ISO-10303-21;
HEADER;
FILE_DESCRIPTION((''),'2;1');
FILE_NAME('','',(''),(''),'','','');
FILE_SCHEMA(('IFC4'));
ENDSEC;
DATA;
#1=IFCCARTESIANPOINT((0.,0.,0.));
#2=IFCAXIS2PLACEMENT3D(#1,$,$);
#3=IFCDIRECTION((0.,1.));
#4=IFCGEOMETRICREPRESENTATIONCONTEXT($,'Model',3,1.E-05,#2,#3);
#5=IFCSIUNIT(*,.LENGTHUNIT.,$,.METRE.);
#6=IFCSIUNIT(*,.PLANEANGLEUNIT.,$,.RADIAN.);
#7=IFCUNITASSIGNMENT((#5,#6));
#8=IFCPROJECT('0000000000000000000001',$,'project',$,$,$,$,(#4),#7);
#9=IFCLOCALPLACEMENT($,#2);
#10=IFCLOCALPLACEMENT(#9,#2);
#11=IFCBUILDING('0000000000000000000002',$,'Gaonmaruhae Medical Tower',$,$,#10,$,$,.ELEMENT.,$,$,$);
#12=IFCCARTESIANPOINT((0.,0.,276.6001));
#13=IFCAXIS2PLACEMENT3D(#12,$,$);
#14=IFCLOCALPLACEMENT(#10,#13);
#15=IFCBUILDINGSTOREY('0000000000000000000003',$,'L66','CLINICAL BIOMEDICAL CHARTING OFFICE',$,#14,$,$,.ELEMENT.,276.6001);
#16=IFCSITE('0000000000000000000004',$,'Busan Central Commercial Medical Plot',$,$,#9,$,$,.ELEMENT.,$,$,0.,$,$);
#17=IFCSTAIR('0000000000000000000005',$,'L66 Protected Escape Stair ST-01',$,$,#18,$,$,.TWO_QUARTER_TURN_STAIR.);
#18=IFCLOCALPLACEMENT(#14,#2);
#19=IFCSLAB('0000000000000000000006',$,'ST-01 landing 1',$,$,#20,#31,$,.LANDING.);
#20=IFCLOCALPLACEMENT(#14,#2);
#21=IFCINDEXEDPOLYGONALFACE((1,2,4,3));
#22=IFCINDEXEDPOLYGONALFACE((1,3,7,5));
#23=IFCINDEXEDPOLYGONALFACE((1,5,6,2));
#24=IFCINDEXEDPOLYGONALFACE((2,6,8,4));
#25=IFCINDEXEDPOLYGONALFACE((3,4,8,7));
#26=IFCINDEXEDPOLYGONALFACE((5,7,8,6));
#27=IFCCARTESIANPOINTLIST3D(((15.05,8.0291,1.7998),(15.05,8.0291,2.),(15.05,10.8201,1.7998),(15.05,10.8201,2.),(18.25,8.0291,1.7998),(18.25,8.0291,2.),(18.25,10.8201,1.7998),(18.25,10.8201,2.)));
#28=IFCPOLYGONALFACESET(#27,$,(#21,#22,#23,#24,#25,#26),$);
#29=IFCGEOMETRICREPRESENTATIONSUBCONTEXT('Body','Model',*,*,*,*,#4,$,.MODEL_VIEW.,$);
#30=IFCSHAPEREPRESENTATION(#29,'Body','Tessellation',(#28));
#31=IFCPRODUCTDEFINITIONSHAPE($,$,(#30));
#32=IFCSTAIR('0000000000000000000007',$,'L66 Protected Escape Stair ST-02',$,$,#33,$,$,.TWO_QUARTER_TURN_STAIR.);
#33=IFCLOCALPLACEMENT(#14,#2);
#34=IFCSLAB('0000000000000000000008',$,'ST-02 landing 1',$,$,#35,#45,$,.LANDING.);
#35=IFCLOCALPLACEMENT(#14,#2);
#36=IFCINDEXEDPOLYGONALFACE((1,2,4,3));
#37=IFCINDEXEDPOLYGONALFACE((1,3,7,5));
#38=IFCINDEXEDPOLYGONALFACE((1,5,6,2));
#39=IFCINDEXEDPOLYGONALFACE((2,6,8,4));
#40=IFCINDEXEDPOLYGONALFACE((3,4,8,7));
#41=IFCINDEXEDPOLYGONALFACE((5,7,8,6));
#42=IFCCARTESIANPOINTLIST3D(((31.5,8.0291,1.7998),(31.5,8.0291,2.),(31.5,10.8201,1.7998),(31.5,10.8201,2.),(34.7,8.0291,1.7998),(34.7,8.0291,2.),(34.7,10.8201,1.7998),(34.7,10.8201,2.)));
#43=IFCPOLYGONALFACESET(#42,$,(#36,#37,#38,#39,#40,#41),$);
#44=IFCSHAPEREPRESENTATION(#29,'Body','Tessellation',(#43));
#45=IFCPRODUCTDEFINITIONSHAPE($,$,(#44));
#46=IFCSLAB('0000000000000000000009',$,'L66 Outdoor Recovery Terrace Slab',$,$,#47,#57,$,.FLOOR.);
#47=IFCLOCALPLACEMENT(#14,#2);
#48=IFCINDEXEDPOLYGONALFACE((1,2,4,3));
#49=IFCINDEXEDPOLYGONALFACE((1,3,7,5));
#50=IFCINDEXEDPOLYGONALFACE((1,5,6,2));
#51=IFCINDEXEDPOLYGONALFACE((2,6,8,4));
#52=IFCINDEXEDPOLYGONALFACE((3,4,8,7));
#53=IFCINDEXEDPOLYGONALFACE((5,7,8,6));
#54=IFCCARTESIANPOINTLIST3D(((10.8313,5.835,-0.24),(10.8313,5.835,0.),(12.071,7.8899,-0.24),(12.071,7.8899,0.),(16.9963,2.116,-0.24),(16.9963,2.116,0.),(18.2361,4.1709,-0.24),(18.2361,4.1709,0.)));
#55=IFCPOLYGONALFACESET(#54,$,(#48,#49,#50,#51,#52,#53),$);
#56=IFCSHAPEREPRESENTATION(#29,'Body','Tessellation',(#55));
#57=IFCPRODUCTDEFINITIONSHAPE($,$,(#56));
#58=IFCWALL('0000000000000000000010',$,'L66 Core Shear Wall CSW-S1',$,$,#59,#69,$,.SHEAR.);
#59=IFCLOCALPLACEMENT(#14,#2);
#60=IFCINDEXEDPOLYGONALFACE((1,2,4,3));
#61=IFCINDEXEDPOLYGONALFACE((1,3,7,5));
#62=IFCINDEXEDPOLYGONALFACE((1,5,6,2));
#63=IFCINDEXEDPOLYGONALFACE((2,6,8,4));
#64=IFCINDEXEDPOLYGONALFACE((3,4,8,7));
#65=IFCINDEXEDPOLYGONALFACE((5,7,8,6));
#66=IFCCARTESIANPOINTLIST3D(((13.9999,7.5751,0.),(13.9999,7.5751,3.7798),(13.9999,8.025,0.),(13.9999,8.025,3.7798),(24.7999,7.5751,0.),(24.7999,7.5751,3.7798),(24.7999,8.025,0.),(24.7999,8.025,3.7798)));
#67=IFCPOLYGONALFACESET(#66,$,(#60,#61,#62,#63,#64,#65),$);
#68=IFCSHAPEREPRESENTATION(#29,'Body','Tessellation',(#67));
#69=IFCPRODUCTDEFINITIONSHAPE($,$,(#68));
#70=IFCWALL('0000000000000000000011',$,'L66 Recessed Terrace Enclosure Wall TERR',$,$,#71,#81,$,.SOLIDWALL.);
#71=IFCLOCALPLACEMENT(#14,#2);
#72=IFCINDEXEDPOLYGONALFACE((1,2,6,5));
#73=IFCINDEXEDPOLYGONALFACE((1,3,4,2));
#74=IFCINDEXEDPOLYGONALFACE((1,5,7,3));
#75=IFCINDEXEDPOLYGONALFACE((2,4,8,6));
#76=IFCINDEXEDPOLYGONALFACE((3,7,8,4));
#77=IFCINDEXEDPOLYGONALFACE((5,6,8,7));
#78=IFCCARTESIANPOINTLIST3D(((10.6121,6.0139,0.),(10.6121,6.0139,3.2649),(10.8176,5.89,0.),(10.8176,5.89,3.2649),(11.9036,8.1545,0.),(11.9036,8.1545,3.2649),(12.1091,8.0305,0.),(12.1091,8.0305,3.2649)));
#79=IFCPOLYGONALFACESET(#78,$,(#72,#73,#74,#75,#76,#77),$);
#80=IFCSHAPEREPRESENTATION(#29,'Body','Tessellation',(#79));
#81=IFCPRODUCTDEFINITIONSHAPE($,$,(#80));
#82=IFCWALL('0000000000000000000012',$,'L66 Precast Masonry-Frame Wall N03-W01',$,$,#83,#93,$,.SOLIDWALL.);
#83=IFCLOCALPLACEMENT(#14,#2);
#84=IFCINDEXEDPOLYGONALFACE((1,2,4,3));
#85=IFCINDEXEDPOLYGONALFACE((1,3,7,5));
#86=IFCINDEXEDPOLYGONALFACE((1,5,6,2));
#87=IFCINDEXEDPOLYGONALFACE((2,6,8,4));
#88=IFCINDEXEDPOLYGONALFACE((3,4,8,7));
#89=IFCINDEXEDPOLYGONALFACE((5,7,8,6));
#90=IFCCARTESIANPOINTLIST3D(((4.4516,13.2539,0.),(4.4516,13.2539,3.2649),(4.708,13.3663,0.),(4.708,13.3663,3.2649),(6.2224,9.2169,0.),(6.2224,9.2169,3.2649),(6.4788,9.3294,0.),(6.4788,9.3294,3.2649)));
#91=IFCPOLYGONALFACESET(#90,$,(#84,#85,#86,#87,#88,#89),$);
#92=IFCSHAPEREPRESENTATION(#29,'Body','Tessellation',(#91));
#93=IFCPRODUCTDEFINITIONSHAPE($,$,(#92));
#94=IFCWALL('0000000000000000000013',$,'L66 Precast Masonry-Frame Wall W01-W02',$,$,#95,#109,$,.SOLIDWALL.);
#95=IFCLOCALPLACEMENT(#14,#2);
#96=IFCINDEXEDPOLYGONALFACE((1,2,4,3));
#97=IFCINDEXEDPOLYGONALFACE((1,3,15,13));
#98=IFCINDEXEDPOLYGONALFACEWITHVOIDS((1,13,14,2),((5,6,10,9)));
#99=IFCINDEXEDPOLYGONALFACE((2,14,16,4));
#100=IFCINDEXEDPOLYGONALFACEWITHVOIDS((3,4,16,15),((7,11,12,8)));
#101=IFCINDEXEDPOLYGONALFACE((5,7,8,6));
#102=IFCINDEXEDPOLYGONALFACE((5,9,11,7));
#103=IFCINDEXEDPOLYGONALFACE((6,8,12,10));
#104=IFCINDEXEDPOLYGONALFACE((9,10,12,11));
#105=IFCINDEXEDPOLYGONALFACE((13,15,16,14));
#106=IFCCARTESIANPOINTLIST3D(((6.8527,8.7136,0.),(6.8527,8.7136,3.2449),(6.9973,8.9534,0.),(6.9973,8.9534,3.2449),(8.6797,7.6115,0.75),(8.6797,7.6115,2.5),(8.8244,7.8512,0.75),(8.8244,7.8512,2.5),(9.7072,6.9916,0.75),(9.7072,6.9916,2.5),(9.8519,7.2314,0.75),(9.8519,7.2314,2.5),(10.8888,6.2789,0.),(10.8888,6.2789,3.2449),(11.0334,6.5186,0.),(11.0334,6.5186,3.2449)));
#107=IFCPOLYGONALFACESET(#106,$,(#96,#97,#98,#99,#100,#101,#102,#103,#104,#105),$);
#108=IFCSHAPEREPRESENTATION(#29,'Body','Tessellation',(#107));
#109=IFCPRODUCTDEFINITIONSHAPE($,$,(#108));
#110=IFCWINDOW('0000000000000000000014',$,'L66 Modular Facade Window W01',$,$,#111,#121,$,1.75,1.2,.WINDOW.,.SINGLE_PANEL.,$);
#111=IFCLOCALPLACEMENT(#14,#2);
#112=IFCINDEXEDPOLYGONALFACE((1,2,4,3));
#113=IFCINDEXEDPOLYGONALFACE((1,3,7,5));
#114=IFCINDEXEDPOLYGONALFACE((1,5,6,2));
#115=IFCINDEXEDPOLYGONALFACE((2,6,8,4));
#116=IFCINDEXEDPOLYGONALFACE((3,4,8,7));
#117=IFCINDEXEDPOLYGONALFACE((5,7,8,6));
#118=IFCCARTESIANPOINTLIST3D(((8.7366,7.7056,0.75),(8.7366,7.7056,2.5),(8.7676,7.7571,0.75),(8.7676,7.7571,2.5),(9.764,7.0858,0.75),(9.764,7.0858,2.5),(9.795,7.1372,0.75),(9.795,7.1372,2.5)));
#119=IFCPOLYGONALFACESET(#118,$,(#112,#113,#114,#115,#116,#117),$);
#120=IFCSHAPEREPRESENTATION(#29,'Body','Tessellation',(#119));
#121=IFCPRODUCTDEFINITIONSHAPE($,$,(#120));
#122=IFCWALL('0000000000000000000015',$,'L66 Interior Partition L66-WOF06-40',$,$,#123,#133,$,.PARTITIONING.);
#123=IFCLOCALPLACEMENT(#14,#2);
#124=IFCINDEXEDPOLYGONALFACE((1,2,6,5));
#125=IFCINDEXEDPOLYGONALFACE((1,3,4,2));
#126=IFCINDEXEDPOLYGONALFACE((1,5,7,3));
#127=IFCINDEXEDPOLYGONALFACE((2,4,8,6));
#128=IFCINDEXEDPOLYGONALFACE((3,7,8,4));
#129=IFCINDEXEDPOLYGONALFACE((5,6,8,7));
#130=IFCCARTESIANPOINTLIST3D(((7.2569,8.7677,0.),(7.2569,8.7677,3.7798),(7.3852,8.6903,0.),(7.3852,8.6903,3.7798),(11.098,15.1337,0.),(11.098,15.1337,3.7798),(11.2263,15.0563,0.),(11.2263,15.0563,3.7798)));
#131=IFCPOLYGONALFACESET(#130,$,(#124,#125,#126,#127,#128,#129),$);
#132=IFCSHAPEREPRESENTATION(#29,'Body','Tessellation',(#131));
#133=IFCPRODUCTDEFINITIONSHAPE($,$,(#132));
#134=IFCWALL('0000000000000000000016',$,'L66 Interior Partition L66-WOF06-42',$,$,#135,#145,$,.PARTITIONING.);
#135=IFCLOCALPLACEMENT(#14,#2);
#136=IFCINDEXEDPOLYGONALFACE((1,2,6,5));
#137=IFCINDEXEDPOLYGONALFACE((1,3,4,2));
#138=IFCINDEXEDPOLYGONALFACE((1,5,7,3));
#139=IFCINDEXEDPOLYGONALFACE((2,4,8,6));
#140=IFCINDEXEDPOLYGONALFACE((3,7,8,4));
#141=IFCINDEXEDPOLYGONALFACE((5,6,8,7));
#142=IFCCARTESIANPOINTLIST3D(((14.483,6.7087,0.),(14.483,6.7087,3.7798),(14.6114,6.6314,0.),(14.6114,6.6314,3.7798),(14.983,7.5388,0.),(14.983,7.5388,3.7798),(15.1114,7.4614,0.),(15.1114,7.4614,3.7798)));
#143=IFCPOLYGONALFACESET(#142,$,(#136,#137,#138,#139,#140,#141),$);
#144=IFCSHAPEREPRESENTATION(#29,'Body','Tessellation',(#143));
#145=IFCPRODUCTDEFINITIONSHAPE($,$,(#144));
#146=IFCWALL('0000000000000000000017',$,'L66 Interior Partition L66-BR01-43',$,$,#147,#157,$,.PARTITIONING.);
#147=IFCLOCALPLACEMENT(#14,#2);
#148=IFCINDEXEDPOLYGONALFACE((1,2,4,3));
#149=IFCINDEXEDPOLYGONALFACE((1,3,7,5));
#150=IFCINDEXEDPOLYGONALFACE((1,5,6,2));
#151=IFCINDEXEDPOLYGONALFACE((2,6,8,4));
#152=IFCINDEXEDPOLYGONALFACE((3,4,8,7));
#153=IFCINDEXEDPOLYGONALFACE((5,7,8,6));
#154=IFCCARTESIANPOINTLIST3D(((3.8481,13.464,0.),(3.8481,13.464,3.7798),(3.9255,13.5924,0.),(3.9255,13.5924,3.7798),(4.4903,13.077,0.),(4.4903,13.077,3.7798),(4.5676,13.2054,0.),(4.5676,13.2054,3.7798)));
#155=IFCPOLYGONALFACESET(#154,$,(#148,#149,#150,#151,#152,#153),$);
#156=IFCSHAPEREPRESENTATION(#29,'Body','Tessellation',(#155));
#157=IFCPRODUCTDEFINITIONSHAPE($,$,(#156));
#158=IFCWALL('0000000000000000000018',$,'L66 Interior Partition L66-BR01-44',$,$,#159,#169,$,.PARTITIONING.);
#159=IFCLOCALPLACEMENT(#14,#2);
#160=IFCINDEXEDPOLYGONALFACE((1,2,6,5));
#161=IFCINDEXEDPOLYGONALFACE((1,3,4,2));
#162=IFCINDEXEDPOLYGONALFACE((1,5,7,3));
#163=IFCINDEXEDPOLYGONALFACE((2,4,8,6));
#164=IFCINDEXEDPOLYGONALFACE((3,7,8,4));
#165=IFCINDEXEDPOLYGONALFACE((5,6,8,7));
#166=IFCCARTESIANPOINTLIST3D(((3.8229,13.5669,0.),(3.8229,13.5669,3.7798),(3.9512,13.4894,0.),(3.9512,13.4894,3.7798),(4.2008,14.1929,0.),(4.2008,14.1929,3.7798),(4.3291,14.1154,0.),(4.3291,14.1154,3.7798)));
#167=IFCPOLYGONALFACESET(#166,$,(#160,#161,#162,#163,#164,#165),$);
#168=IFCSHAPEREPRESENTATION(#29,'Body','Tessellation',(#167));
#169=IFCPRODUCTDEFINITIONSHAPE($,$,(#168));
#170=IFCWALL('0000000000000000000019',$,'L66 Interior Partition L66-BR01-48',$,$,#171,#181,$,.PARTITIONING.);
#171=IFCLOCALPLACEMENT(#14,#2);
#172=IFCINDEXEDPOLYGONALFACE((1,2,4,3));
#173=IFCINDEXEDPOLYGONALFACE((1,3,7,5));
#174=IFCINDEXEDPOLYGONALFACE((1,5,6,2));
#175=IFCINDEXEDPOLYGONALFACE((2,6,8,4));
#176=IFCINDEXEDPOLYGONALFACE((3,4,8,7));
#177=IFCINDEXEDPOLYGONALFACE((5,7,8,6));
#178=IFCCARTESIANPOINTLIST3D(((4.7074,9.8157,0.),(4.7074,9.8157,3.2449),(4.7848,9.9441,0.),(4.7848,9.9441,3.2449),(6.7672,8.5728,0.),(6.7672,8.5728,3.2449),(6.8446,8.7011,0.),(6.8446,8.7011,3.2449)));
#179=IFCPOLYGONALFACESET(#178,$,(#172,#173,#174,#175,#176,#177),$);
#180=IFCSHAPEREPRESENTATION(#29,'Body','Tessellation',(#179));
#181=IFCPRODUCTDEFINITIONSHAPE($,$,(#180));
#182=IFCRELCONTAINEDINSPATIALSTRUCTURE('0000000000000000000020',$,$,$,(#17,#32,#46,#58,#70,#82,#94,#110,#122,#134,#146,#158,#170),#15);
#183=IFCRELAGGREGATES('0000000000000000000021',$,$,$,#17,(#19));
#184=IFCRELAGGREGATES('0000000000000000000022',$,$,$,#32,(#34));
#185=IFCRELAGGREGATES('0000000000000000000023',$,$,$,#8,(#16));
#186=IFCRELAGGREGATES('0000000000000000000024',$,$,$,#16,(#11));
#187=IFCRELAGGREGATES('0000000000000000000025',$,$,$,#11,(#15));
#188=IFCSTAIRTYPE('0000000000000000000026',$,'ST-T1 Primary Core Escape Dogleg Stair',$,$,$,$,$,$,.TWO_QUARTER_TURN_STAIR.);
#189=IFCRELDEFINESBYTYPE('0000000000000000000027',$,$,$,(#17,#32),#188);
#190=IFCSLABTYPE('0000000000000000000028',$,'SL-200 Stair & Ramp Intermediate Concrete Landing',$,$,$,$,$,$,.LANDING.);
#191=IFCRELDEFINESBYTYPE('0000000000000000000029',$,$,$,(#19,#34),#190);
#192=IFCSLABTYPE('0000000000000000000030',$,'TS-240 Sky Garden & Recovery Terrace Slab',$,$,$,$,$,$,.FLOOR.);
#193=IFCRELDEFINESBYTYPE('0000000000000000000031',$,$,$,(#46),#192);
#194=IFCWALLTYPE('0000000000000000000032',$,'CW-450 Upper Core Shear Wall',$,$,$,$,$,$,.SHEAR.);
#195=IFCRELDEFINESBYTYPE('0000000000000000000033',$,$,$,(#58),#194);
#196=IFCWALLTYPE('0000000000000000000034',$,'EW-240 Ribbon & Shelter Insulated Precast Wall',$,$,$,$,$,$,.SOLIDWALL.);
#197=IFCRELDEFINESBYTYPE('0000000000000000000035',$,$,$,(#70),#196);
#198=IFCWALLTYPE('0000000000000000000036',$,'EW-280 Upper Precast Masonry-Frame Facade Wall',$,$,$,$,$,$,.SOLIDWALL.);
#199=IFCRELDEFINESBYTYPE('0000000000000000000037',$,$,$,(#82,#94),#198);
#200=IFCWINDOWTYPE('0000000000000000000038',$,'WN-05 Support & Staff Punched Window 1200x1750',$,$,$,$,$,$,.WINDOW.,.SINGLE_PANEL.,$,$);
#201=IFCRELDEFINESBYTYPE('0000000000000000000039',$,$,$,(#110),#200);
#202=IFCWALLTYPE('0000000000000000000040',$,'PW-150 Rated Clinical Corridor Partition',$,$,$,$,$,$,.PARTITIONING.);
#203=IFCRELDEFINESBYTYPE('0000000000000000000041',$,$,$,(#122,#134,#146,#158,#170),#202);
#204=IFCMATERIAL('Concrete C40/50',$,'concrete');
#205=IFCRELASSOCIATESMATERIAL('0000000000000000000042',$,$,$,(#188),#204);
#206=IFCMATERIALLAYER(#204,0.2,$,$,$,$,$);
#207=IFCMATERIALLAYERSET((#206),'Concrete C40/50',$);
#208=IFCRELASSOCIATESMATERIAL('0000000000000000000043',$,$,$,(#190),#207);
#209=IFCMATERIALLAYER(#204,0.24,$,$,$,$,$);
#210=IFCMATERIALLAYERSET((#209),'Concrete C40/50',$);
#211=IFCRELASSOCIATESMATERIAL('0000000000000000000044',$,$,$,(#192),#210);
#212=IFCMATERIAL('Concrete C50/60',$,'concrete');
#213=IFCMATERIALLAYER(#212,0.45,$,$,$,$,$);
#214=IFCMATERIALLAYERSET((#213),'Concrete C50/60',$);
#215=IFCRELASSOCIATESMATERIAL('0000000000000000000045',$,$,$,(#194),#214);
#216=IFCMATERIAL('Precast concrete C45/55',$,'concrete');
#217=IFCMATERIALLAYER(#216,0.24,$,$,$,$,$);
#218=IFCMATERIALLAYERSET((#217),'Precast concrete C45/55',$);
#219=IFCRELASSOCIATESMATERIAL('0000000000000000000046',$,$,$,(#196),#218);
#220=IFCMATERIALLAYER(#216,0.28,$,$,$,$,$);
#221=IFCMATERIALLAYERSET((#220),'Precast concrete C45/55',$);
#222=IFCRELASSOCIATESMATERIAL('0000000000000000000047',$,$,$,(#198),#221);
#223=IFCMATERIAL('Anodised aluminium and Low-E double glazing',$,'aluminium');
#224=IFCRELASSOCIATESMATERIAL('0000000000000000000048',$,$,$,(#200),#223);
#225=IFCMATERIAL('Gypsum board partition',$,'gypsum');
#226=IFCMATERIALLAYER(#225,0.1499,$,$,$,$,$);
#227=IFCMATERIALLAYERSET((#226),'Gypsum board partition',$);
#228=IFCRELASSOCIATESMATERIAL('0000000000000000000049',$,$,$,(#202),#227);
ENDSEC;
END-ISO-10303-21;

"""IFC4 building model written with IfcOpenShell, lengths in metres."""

from ifc_helpers import new_model, si_unit, direction, frame, frame_2d, origin, place, context, subcontext, project, spatial, polyline, rectangle, outline, extrude, material, layer, layer_set, type_object, element, fill, aggregate, save


model = new_model("IFC4")

# Units and contexts
model_context = context("Model", 3, precision=1e-05, world=origin(), true_north=direction((0.0, 1.0)))
body_context = subcontext(model_context, "Body", "Model", "MODEL_VIEW")
ifc_project = project(units=[si_unit("LENGTHUNIT", "METRE"), si_unit("PLANEANGLEUNIT", "RADIAN")], contexts=[model_context])

# Site, building, storey
site_placement = place(None, origin())
site = spatial("IfcSite", under=ifc_project, at=site_placement, Name="Busan Central Commercial Medical Plot", CompositionType="ELEMENT", RefElevation=0.0)
building_placement = place(site_placement, origin())
building = spatial("IfcBuilding", under=site, at=building_placement, Name="Gaonmaruhae Medical Tower", CompositionType="ELEMENT")
storey_placement = place(building_placement, frame((0.0, 0.0, 276.6001)))
storey = spatial("IfcBuildingStorey", under=building, at=storey_placement, Name="L66", Description="CLINICAL BIOMEDICAL CHARTING OFFICE", CompositionType="ELEMENT", Elevation=276.6001)

# Shared definitions
ifc_material_1 = material(Name="Concrete C50/60", Category="concrete")

# Shared definitions
ifc_material_2 = material(Name="Concrete C40/50", Category="concrete")

# Stairs, slabs
stair_type = type_object("IfcStairType", Name="ST-T1 Primary Core Escape Dogleg Stair", PredefinedType="TWO_QUARTER_TURN_STAIR", material=ifc_material_2)
stair_1_placement = place(storey_placement, origin())
stair_1 = element("IfcStair", 1, at=stair_1_placement, inside=storey, type_object=stair_type, Name="L66 Protected Escape Stair ST-01", PredefinedType="TWO_QUARTER_TURN_STAIR")
ifc_layer_1 = layer(ifc_material_2, 0.2)
ifc_layer_set_1 = layer_set([ifc_layer_1], Name="Concrete C40/50")
slab_type_1 = type_object("IfcSlabType", Name="SL-200 Stair & Ramp Intermediate Concrete Landing", PredefinedType="LANDING", material=ifc_layer_set_1)
slab_1_placement = place(storey_placement, frame((0.0, 0.0, 1.7998)))
slab_1 = element("IfcSlab", 2, at=slab_1_placement, type_object=slab_type_1, Name="ST-01 landing 1", PredefinedType="LANDING", context=body_context, shape_type="SweptSolid", body=[
    extrude(outline(polyline([(15.05, 10.8201), (15.05, 8.0291), (18.25, 8.0291), (18.25, 10.8201), (15.05, 10.8201)])), origin(), (0.0, 0.0, 1.0), 0.2002),
])
aggregate(stair_1, [slab_1])
stair_2_placement = place(storey_placement, origin())
stair_2 = element("IfcStair", 3, at=stair_2_placement, inside=storey, type_object=stair_type, Name="L66 Protected Escape Stair ST-02", PredefinedType="TWO_QUARTER_TURN_STAIR")
slab_2_placement = place(storey_placement, frame((0.0, 0.0, 1.7998)))
slab_2 = element("IfcSlab", 4, at=slab_2_placement, type_object=slab_type_1, Name="ST-02 landing 1", PredefinedType="LANDING", context=body_context, shape_type="SweptSolid", body=[
    extrude(outline(polyline([(31.5, 10.8201), (31.5, 8.0291), (34.7, 8.0291), (34.7, 10.8201), (31.5, 10.8201)])), origin(), (0.0, 0.0, 1.0), 0.2002),
])
aggregate(stair_2, [slab_2])

# Slab
ifc_layer_2 = layer(ifc_material_2, 0.24)
ifc_layer_set_2 = layer_set([ifc_layer_2], Name="Concrete C40/50")
slab_type_2 = type_object("IfcSlabType", Name="TS-240 Sky Garden & Recovery Terrace Slab", PredefinedType="FLOOR", material=ifc_layer_set_2)
slab_3_placement = place(storey_placement, frame((0.0, 0.0, -0.24)))
element("IfcSlab", 5, at=slab_3_placement, inside=storey, type_object=slab_type_2, Name="L66 Outdoor Recovery Terrace Slab", PredefinedType="FLOOR", context=body_context, shape_type="SweptSolid", body=[
    extrude(outline(polyline([(16.9963, 2.116), (18.2361, 4.1709), (12.071, 7.8899), (10.8313, 5.835), (16.9963, 2.116)])), origin(), (0.0, 0.0, 1.0), 0.24),
])

# Walls
ifc_layer_3 = layer(ifc_material_1, 0.45)
ifc_layer_set_3 = layer_set([ifc_layer_3], Name="Concrete C50/60")
wall_type_1 = type_object("IfcWallType", Name="CW-450 Upper Core Shear Wall", PredefinedType="SHEAR", material=ifc_layer_set_3)
wall_1_placement = place(storey_placement, frame((14.0, 7.8, 0.0), z_axis=(0.0, 0.0, 1.0), x_axis=(1.0, 0.0, 0.0)))
element("IfcWall", 6, at=wall_1_placement, inside=storey, type_object=wall_type_1, Name="L66 Core Shear Wall CSW-S1", PredefinedType="SHEAR", context=body_context, shape_type="SweptSolid", body=[
    extrude(rectangle(XDim=10.8, YDim=0.45, at=frame_2d((5.3999, 0.0))), origin(), (0.0, 0.0, 1.0), 3.7798),
])
ifc_material_3 = material(Name="Precast concrete C45/55", Category="concrete")
ifc_layer_4 = layer(ifc_material_3, 0.24)
ifc_layer_set_4 = layer_set([ifc_layer_4], Name="Precast concrete C45/55")
wall_type_2 = type_object("IfcWallType", Name="EW-240 Ribbon & Shelter Insulated Precast Wall", PredefinedType="SOLIDWALL", material=ifc_layer_set_4)
wall_2_placement = place(storey_placement, frame((12.0063, 8.0925, 0.0), z_axis=(0.0, 0.0, 1.0), x_axis=(-0.516591, -0.856232, 0.0)))
element("IfcWall", 7, at=wall_2_placement, inside=storey, type_object=wall_type_2, Name="L66 Recessed Terrace Enclosure Wall TERR", PredefinedType="SOLIDWALL", context=body_context, shape_type="SweptSolid", body=[
    extrude(rectangle(XDim=2.5, YDim=0.24, at=frame_2d((1.25, 0.0))), origin(), (0.0, 0.0, 1.0), 3.2649),
])
ifc_layer_5 = layer(ifc_material_3, 0.28)
ifc_layer_set_5 = layer_set([ifc_layer_5], Name="Precast concrete C45/55")
wall_type_3 = type_object("IfcWallType", Name="EW-280 Upper Precast Masonry-Frame Facade Wall", PredefinedType="SOLIDWALL", material=ifc_layer_set_5)
wall_3_placement = place(storey_placement, frame((6.3506, 9.2732, 0.0), z_axis=(0.0, 0.0, 1.0), x_axis=(-0.401699, 0.915772, 0.0)))
element("IfcWall", 8, at=wall_3_placement, inside=storey, type_object=wall_type_3, Name="L66 Precast Masonry-Frame Wall N03-W01", PredefinedType="SOLIDWALL", context=body_context, shape_type="SweptSolid", body=[
    extrude(rectangle(XDim=4.4082, YDim=0.28, at=frame_2d((2.2041, 0.0))), origin(), (0.0, 0.0, 1.0), 3.2649),
])

# Wall, opening, window
wall_4_placement = place(storey_placement, frame((10.9612, 6.3987, 0.0), z_axis=(0.0, 0.0, 1.0), x_axis=(-0.856261, 0.516543, 0.0)))
wall_4 = element("IfcWall", 9, at=wall_4_placement, inside=storey, type_object=wall_type_3, Name="L66 Precast Masonry-Frame Wall W01-W02", PredefinedType="SOLIDWALL", context=body_context, shape_type="SweptSolid", body=[
    extrude(rectangle(XDim=4.7136, YDim=0.28, at=frame_2d((2.3569, 0.0))), origin(), (0.0, 0.0, 1.0), 3.2449),
])
opening_placement = place(wall_4_placement, frame((1.3799, 0.0, 0.75)))
opening = element("IfcOpeningElement", 10, at=opening_placement, cuts=wall_4, PredefinedType="OPENING", context=body_context, shape_type="SweptSolid", body=[
    extrude(rectangle(XDim=1.2, YDim=1.75, at=frame_2d((0.6001, 0.875))), frame((0.0, 0.1499, 0.0), z_axis=(0.0, -1.0, 0.0), x_axis=(1.0, 0.0, 0.0)), (0.0, 0.0, 1.0), 0.3),
])
ifc_material_4 = material(Name="Anodised aluminium and Low-E double glazing", Category="aluminium")
window_type = type_object("IfcWindowType", Name="WN-05 Support & Staff Punched Window 1200x1750", PartitioningType="SINGLE_PANEL", PredefinedType="WINDOW", material=ifc_material_4)
window_placement = place(opening_placement, origin())
window = element("IfcWindow", 11, at=window_placement, inside=storey, type_object=window_type, Name="L66 Modular Facade Window W01", OverallHeight=1.75, OverallWidth=1.2, PartitioningType="SINGLE_PANEL", PredefinedType="WINDOW", context=body_context, shape_type="SweptSolid", body=[
    extrude(rectangle(XDim=1.2, YDim=1.75, at=frame_2d((0.6001, 0.875))), frame((0.0, 0.03, 0.0), z_axis=(0.0, -1.0, 0.0), x_axis=(1.0, 0.0, 0.0)), (0.0, 0.0, 1.0), 0.0601),
])
fill(opening, window)

# Walls
ifc_material_5 = material(Name="Gypsum board partition", Category="gypsum")
ifc_layer_6 = layer(ifc_material_5, 0.1499)
ifc_layer_set_6 = layer_set([ifc_layer_6], Name="Gypsum board partition")
wall_type_4 = type_object("IfcWallType", Name="PW-150 Rated Clinical Corridor Partition", PredefinedType="PARTITIONING", material=ifc_layer_set_6)
wall_5_placement = place(storey_placement, frame((7.321, 8.729, 0.0), z_axis=(0.0, 0.0, 1.0), x_axis=(0.516619, 0.856215, 0.0)))
element("IfcWall", 12, at=wall_5_placement, inside=storey, type_object=wall_type_4, Name="L66 Interior Partition L66-WOF06-40", PredefinedType="PARTITIONING", context=body_context, shape_type="SweptSolid", body=[
    extrude(rectangle(XDim=7.4351, YDim=0.1499, at=frame_2d((3.7175, 0.0))), origin(), (0.0, 0.0, 1.0), 3.7798),
])
wall_6_placement = place(storey_placement, frame((15.0471, 7.5, 0.0), z_axis=(0.0, 0.0, 1.0), x_axis=(-0.515977, -0.856602, 0.0)))
element("IfcWall", 13, at=wall_6_placement, inside=storey, type_object=wall_type_4, Name="L66 Interior Partition L66-WOF06-42", PredefinedType="PARTITIONING", context=body_context, shape_type="SweptSolid", body=[
    extrude(rectangle(XDim=0.969, YDim=0.1499, at=frame_2d((0.4844, 0.0))), origin(), (0.0, 0.0, 1.0), 3.7798),
])
wall_7_placement = place(storey_placement, frame((4.5291, 13.1411, 0.0), z_axis=(0.0, 0.0, 1.0), x_axis=(-0.856486, 0.516171, 0.0)))
element("IfcWall", 14, at=wall_7_placement, inside=storey, type_object=wall_type_4, Name="L66 Interior Partition L66-BR01-43", PredefinedType="PARTITIONING", context=body_context, shape_type="SweptSolid", body=[
    extrude(rectangle(XDim=0.7498, YDim=0.1499, at=frame_2d((0.375, 0.0))), origin(), (0.0, 0.0, 1.0), 3.7798),
])
wall_8_placement = place(storey_placement, frame((3.887, 13.5281, 0.0), z_axis=(0.0, 0.0, 1.0), x_axis=(0.516851, 0.856076, 0.0)))
element("IfcWall", 15, at=wall_8_placement, inside=storey, type_object=wall_type_4, Name="L66 Interior Partition L66-BR01-44", PredefinedType="PARTITIONING", context=body_context, shape_type="SweptSolid", body=[
    extrude(rectangle(XDim=0.7312, YDim=0.1499, at=frame_2d((0.3657, 0.0))), origin(), (0.0, 0.0, 1.0), 3.7798),
])
wall_9_placement = place(storey_placement, frame((6.8059, 8.637, 0.0), z_axis=(0.0, 0.0, 1.0), x_axis=(-0.856201, 0.516643, 0.0)))
element("IfcWall", 16, at=wall_9_placement, inside=storey, type_object=wall_type_4, Name="L66 Interior Partition L66-BR01-48", PredefinedType="PARTITIONING", context=body_context, shape_type="SweptSolid", body=[
    extrude(rectangle(XDim=2.4058, YDim=0.1499, at=frame_2d((1.2029, 0.0))), origin(), (0.0, 0.0, 1.0), 3.2449),
])

save(model, "model.ifc")
